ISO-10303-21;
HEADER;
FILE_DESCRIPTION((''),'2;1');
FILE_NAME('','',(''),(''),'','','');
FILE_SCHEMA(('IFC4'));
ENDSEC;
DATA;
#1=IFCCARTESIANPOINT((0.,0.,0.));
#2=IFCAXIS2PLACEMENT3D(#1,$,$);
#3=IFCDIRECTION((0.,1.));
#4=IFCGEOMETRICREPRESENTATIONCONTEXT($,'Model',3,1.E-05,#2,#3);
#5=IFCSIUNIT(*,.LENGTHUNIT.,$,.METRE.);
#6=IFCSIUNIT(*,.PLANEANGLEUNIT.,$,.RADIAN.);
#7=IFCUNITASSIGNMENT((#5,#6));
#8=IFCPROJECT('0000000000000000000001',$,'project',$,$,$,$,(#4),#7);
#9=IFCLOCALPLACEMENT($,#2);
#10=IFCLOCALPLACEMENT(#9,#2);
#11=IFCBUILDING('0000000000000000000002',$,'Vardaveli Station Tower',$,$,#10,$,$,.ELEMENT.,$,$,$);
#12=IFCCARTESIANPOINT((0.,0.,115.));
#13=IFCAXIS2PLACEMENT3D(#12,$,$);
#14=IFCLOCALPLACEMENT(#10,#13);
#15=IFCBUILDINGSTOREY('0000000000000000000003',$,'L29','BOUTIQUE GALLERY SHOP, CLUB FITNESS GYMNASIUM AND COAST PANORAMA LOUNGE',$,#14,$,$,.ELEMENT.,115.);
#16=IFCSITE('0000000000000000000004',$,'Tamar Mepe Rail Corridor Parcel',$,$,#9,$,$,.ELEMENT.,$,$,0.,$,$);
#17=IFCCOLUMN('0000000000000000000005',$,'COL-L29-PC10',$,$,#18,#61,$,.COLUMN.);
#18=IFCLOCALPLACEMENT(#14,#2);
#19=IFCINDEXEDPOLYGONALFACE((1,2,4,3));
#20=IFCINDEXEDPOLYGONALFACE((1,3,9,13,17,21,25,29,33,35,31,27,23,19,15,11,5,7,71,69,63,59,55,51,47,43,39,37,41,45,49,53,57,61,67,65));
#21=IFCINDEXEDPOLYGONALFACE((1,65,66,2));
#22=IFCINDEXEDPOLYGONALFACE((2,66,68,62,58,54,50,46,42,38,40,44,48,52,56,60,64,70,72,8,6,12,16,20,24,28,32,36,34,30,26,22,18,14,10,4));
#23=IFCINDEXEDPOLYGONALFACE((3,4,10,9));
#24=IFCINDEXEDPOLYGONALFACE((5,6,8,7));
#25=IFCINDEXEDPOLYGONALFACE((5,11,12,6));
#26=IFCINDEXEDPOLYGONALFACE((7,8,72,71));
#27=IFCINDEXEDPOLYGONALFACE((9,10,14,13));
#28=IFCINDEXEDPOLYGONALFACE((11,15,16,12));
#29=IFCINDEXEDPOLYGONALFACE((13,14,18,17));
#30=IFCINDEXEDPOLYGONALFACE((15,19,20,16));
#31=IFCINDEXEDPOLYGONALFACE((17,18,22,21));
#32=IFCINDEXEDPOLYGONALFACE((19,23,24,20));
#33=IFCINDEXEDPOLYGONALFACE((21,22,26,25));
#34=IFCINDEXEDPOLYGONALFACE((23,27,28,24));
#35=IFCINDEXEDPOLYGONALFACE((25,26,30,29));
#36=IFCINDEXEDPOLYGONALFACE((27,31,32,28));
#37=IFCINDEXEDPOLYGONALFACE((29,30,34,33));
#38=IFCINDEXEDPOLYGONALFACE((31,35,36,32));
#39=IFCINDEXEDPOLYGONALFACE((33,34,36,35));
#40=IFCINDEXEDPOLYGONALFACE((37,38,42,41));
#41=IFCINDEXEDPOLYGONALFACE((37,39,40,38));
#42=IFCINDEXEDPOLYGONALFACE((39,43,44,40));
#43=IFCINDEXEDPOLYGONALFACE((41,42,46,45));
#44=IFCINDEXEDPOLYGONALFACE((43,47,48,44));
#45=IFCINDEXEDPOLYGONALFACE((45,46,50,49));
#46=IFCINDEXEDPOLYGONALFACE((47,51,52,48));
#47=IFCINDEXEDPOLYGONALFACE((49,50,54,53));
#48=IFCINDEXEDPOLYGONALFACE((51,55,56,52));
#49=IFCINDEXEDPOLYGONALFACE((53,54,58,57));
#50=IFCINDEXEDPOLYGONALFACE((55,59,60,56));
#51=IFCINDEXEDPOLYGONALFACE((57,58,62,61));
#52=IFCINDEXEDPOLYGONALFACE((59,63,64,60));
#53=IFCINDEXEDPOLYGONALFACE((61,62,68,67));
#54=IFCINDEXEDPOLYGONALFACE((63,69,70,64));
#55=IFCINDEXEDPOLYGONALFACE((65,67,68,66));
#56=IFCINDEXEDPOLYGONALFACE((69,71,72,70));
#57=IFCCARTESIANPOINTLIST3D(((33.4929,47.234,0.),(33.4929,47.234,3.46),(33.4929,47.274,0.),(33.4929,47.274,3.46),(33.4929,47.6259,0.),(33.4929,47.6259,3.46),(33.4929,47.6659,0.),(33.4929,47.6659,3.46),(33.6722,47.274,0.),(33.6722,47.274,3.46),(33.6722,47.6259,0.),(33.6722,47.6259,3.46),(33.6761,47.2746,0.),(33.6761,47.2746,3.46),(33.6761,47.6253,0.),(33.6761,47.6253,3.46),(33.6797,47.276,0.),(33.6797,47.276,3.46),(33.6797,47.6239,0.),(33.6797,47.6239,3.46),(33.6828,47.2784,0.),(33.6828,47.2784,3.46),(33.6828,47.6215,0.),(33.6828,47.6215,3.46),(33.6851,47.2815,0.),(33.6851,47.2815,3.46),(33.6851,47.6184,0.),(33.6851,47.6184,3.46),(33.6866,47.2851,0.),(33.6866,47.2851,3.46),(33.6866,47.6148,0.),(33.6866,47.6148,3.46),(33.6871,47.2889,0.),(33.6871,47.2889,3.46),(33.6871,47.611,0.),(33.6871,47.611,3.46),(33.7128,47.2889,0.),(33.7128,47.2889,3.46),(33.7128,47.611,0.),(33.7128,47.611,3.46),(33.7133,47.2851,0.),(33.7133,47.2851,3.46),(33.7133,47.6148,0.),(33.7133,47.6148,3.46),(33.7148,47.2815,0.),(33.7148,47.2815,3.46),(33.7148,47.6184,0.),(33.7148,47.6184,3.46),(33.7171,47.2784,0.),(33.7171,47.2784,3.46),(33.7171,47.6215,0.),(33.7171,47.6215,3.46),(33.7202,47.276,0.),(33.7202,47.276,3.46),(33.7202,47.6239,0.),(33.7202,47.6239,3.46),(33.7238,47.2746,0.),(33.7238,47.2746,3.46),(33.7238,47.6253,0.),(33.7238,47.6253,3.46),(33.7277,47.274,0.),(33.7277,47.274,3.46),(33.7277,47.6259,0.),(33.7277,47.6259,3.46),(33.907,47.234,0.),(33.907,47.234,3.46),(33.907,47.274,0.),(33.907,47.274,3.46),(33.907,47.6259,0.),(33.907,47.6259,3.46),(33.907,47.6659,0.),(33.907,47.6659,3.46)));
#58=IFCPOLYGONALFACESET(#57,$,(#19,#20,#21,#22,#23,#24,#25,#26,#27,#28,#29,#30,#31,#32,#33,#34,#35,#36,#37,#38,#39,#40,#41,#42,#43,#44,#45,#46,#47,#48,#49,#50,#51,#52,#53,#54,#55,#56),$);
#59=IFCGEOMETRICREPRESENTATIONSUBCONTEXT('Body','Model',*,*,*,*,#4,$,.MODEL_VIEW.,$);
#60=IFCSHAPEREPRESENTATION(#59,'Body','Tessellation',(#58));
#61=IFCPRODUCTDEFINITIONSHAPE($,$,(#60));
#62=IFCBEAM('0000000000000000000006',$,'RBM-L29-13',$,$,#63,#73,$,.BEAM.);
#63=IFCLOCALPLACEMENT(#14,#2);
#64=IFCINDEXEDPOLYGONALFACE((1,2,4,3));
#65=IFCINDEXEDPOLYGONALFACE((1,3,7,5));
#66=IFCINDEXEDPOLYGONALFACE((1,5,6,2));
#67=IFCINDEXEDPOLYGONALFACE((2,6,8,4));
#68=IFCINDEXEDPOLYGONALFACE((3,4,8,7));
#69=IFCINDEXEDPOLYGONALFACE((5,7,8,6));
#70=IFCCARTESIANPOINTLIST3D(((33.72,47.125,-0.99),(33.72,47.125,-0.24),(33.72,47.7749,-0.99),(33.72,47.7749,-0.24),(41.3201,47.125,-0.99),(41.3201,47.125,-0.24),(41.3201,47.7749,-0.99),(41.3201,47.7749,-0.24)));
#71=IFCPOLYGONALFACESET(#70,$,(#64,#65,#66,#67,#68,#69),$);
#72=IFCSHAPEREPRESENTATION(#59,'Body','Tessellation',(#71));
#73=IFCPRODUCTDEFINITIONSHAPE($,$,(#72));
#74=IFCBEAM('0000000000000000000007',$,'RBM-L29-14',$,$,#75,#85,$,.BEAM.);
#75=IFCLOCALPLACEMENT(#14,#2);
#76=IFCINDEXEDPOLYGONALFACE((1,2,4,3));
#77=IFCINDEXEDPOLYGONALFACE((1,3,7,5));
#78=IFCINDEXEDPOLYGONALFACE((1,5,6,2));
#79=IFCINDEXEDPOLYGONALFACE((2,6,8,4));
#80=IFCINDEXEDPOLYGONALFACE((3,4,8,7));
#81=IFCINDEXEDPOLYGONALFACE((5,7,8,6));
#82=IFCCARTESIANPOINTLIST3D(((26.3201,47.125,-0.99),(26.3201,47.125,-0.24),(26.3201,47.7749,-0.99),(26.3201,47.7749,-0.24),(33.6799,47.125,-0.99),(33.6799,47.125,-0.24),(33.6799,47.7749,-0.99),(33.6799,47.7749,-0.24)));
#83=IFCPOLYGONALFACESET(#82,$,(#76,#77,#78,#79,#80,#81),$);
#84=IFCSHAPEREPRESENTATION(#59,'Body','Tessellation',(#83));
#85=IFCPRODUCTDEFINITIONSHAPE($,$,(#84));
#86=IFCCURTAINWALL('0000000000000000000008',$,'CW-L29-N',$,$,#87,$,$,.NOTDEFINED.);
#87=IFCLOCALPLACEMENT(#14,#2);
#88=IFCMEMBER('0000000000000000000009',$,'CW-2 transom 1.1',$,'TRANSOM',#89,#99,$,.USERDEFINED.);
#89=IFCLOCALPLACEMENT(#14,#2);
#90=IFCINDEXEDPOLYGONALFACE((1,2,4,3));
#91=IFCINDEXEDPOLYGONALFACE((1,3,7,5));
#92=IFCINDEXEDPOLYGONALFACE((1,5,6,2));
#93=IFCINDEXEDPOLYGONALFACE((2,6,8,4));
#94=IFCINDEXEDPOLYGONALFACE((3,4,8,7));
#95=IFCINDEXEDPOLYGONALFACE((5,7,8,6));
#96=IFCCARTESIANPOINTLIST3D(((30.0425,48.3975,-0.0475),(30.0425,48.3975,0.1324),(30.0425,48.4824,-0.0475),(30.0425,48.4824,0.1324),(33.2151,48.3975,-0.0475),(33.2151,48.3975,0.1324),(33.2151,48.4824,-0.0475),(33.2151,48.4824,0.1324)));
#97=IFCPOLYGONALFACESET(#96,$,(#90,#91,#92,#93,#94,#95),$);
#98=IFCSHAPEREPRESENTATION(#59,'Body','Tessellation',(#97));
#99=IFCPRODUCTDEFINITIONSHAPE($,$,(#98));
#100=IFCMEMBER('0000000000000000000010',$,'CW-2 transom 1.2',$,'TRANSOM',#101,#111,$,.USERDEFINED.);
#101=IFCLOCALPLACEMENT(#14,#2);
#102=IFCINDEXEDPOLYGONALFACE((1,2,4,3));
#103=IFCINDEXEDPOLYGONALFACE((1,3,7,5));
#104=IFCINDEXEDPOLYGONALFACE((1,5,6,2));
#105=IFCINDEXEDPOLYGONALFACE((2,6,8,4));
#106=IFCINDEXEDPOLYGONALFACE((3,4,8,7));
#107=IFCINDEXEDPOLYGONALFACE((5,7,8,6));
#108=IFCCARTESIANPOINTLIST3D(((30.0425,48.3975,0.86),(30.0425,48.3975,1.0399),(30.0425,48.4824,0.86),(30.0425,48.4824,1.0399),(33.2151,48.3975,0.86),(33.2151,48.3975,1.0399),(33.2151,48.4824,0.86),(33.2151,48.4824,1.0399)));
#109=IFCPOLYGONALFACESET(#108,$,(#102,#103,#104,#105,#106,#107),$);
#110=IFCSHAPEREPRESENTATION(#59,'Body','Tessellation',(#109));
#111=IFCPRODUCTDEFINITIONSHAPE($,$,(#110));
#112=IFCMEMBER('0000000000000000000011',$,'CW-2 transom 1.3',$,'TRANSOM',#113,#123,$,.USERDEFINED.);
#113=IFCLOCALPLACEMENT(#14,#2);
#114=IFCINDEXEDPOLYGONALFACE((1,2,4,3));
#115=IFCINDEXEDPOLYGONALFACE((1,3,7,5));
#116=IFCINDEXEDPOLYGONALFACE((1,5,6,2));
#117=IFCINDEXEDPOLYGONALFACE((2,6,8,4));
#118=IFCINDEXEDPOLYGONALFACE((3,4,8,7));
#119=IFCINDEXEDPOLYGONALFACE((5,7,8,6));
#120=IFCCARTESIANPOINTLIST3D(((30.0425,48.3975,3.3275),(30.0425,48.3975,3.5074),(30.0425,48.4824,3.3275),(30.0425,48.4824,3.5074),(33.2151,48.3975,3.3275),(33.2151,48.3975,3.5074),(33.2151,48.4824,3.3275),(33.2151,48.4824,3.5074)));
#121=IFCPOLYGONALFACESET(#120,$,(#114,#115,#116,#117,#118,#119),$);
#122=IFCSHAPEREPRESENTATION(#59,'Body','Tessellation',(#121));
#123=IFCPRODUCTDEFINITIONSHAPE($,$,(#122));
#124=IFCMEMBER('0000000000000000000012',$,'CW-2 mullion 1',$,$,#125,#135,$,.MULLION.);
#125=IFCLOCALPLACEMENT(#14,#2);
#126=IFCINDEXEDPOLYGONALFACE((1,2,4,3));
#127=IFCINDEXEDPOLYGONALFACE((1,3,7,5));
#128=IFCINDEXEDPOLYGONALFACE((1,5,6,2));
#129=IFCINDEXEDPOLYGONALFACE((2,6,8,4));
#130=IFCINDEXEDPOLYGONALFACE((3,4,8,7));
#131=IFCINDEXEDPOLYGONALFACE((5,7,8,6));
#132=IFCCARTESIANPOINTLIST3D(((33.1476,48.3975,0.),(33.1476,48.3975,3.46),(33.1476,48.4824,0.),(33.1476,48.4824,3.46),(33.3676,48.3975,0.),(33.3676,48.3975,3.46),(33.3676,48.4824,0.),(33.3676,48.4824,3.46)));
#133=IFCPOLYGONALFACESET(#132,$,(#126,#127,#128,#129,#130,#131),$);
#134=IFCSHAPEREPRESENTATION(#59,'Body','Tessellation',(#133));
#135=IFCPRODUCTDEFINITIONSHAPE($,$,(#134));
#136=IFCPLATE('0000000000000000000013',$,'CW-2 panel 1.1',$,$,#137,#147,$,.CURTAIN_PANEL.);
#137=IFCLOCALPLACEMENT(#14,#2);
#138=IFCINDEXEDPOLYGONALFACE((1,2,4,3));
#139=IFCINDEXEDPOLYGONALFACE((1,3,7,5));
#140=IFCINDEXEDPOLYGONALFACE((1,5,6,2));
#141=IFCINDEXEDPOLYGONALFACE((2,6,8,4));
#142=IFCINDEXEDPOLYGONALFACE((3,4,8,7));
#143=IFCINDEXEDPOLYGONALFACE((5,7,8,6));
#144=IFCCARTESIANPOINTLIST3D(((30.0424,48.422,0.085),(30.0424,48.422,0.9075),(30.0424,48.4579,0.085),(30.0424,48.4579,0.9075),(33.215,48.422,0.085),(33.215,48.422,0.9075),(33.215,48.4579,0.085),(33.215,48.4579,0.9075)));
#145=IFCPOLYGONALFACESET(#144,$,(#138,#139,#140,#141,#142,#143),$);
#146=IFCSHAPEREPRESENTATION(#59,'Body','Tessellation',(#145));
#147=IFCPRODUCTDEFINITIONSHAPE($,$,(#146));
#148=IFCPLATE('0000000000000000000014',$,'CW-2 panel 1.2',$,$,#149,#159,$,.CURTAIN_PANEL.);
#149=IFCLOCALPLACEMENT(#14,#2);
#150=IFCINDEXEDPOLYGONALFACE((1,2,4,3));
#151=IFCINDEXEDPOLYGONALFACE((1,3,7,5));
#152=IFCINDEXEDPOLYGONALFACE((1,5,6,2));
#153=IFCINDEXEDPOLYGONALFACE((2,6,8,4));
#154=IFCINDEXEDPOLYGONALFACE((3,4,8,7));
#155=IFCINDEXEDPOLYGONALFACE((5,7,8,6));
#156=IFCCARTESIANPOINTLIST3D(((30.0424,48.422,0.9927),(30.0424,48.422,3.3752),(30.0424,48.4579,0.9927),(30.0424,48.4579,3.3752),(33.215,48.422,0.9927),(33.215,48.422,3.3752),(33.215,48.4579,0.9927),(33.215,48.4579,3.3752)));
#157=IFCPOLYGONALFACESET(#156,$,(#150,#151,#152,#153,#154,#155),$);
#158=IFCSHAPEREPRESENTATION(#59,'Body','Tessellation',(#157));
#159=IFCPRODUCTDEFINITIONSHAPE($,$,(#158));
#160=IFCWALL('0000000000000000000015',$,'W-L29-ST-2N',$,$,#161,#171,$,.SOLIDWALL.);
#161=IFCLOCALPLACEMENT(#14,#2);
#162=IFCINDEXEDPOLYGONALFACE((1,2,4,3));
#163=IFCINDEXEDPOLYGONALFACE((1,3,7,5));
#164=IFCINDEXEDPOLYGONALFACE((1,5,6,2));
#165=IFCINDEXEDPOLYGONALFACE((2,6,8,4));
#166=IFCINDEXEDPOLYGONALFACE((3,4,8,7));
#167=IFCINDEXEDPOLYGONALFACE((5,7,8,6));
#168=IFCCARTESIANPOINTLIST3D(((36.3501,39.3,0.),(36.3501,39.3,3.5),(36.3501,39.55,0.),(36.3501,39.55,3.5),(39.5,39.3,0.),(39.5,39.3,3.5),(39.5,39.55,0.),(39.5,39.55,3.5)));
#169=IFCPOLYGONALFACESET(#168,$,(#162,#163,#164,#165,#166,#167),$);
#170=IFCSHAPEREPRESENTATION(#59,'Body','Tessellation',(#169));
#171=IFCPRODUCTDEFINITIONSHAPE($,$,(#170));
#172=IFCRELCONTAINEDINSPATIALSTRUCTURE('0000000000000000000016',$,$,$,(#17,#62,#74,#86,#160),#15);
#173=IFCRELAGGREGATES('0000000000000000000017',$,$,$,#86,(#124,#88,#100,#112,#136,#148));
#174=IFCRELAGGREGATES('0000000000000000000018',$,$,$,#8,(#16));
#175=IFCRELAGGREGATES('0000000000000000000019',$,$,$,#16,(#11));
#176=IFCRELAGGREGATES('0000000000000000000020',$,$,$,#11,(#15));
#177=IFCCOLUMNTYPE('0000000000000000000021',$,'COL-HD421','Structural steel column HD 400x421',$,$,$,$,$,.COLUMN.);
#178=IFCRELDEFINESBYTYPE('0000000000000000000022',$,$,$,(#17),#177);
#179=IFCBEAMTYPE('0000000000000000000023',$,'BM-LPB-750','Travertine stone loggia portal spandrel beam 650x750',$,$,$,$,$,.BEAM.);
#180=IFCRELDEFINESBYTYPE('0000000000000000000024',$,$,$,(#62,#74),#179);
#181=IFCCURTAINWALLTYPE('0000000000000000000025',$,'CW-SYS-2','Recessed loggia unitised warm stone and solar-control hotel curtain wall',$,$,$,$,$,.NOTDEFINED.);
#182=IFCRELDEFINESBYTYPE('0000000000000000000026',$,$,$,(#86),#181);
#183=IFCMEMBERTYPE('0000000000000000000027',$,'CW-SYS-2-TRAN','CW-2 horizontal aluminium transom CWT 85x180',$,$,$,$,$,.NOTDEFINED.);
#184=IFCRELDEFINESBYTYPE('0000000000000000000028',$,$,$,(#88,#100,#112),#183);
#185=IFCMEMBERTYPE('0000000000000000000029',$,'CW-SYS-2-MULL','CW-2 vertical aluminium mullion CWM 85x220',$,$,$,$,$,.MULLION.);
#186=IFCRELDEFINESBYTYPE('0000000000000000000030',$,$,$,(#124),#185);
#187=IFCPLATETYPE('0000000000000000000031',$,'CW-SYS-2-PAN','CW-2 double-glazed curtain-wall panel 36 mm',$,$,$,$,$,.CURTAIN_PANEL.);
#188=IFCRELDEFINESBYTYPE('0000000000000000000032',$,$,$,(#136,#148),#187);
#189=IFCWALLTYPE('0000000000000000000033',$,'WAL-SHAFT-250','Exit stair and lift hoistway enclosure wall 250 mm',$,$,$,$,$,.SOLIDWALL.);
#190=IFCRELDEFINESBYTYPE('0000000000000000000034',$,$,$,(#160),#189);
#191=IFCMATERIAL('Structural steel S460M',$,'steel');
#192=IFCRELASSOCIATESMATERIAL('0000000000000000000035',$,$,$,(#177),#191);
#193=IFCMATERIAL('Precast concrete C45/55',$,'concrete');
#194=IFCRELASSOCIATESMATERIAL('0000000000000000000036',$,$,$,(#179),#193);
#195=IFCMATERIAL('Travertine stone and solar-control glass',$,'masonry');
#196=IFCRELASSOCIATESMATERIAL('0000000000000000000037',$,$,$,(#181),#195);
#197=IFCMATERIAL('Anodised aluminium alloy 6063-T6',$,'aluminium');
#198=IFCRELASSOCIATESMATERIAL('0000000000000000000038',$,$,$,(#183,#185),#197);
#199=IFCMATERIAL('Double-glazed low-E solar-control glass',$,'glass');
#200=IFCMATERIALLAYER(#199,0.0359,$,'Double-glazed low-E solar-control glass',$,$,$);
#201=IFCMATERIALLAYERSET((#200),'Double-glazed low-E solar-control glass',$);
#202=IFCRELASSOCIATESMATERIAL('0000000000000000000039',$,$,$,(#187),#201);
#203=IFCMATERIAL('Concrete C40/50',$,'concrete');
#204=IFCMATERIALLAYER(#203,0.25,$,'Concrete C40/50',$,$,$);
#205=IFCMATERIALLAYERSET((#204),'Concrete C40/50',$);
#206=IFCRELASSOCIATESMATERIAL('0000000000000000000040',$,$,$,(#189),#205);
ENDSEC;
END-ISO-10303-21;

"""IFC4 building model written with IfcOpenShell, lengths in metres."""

from ifc_helpers import new_model, si_unit, direction, frame, frame_2d, origin, origin_2d, place, context, subcontext, project, spatial, rectangle, i_section, extrude, source, transform, mapped, material, layer, layer_set, material_profile, profile_set, type_object, element, aggregate, save


model = new_model("IFC4")

# Units and contexts
model_context = context("Model", 3, precision=1e-05, world=origin(), true_north=direction((0.0, 1.0)))
body_context = subcontext(model_context, "Body", "Model", "MODEL_VIEW")
ifc_project = project(units=[si_unit("LENGTHUNIT", "METRE"), si_unit("PLANEANGLEUNIT", "RADIAN")], contexts=[model_context])

# Site, building, storey
site_placement = place(None, origin())
site = spatial("IfcSite", under=ifc_project, at=site_placement, Name="Tamar Mepe Rail Corridor Parcel", CompositionType="ELEMENT", RefElevation=0.0)
building_placement = place(site_placement, origin())
building = spatial("IfcBuilding", under=site, at=building_placement, Name="Vardaveli Station Tower", CompositionType="ELEMENT")
storey_placement = place(building_placement, frame((0.0, 0.0, 115.0)))
storey = spatial("IfcBuildingStorey", under=building, at=storey_placement, Name="L29", Description="BOUTIQUE GALLERY SHOP, CLUB FITNESS GYMNASIUM AND COAST PANORAMA LOUNGE", CompositionType="ELEMENT", Elevation=115.0)

# Column
ifc_material_1 = material(Name="Structural steel S460M", Category="steel")
ifc_material_profile_1 = material_profile(ifc_material_1, i_section(OverallWidth=0.4141, OverallDepth=0.4319, WebThickness=0.0256, FlangeThickness=0.04, FilletRadius=0.0149, at=origin_2d()), Name="HD 400x421")
ifc_profile_set_1 = profile_set([ifc_material_profile_1], Name="Structural steel S460M")
column_type = type_object("IfcColumnType", Name="COL-HD421", Description="Structural steel column HD 400x421", PredefinedType="COLUMN", material=ifc_profile_set_1)
shared_shape_1 = source(origin(), body_context, "Body", "SweptSolid", [
    extrude(i_section(OverallWidth=0.4141, OverallDepth=0.4319, WebThickness=0.0256, FlangeThickness=0.04, FilletRadius=0.0149, at=origin_2d()), origin(), (0.0, 0.0, 1.0), 3.46),
])
column_placement = place(storey_placement, frame((33.7, 47.45, 0.0), z_axis=(0.0, 0.0, 1.0), x_axis=(1.0, 0.0, 0.0)))
element("IfcColumn", 1, at=column_placement, inside=storey, type_object=column_type, Name="COL-L29-PC10", PredefinedType="COLUMN", context=body_context, shape_type="MappedRepresentation", body=[
    mapped(shared_shape_1, transform((0.0, 0.0, 0.0), scale=1.0)),
])

# Beams
ifc_material_2 = material(Name="Precast concrete C45/55", Category="concrete")
ifc_material_profile_2 = material_profile(ifc_material_2, rectangle(XDim=0.6499, YDim=0.75, at=origin_2d()), Name="LPB 650x750")
ifc_profile_set_2 = profile_set([ifc_material_profile_2], Name="Precast concrete C45/55")
beam_type = type_object("IfcBeamType", Name="BM-LPB-750", Description="Travertine stone loggia portal spandrel beam 650x750", PredefinedType="BEAM", material=ifc_profile_set_2)
shared_shape_2 = source(origin(), body_context, "Body", "SweptSolid", [
    extrude(rectangle(XDim=0.6499, YDim=0.75, at=origin_2d()), origin(), (0.0, 0.0, 1.0), 7.6001),
])
beam_1_placement = place(storey_placement, frame((41.3201, 47.45, -0.615), z_axis=(-1.0, 0.0, 0.0), x_axis=(0.0, -1.0, 0.0)))
element("IfcBeam", 2, at=beam_1_placement, inside=storey, type_object=beam_type, Name="RBM-L29-13", PredefinedType="BEAM", context=body_context, shape_type="MappedRepresentation", body=[
    mapped(shared_shape_2, transform((0.0, 0.0, 0.0), scale=1.0)),
])
shared_shape_3 = source(origin(), body_context, "Body", "SweptSolid", [
    extrude(rectangle(XDim=0.6499, YDim=0.75, at=origin_2d()), origin(), (0.0, 0.0, 1.0), 7.3599),
])
beam_2_placement = place(storey_placement, frame((33.6799, 47.45, -0.615), z_axis=(-1.0, 0.0, 0.0), x_axis=(0.0, -1.0, 0.0)))
element("IfcBeam", 3, at=beam_2_placement, inside=storey, type_object=beam_type, Name="RBM-L29-14", PredefinedType="BEAM", context=body_context, shape_type="MappedRepresentation", body=[
    mapped(shared_shape_3, transform((0.0, 0.0, 0.0), scale=1.0)),
])

# Curtain wall, members, plates
ifc_material_3 = material(Name="Travertine stone and solar-control glass", Category="masonry")
curtain_wall_type = type_object("IfcCurtainWallType", Name="CW-SYS-2", Description="Recessed loggia unitised warm stone and solar-control hotel curtain wall", PredefinedType="NOTDEFINED", material=ifc_material_3)
curtain_wall_placement = place(storey_placement, origin())
curtain_wall = element("IfcCurtainWall", 4, at=curtain_wall_placement, inside=storey, type_object=curtain_wall_type, Name="CW-L29-N", PredefinedType="NOTDEFINED")
ifc_material_4 = material(Name="Anodised aluminium alloy 6063-T6", Category="aluminium")
ifc_material_profile_3 = material_profile(ifc_material_4, rectangle(XDim=0.085, YDim=0.1799, at=origin_2d()), Name="CWT 85x180")
ifc_profile_set_3 = profile_set([ifc_material_profile_3], Name="Anodised aluminium alloy 6063-T6")
member_type_1 = type_object("IfcMemberType", Name="CW-SYS-2-TRAN", Description="CW-2 horizontal aluminium transom CWT 85x180", PredefinedType="NOTDEFINED", material=ifc_profile_set_3)
shared_shape_4 = source(origin(), body_context, "Body", "SweptSolid", [
    extrude(rectangle(XDim=0.085, YDim=0.1799, at=origin_2d()), origin(), (0.0, 0.0, 1.0), 3.1726),
])
member_1_placement = place(storey_placement, frame((33.2151, 48.4399, 0.0425), z_axis=(-1.0, 0.0, 0.0), x_axis=(0.0, -1.0, 0.0)))
member_1 = element("IfcMember", 5, at=member_1_placement, type_object=member_type_1, Name="CW-2 transom 1.1", ObjectType="TRANSOM", PredefinedType="USERDEFINED", context=body_context, shape_type="MappedRepresentation", body=[
    mapped(shared_shape_4, transform((0.0, 0.0, 0.0), scale=1.0)),
])
member_2_placement = place(storey_placement, frame((33.2151, 48.4399, 0.95), z_axis=(-1.0, 0.0, 0.0), x_axis=(0.0, -1.0, 0.0)))
member_2 = element("IfcMember", 6, at=member_2_placement, type_object=member_type_1, Name="CW-2 transom 1.2", ObjectType="TRANSOM", PredefinedType="USERDEFINED", context=body_context, shape_type="MappedRepresentation", body=[
    mapped(shared_shape_4, transform((0.0, 0.0, 0.0), scale=1.0)),
])
member_3_placement = place(storey_placement, frame((33.2151, 48.4399, 3.4175), z_axis=(-1.0, 0.0, 0.0), x_axis=(0.0, -1.0, 0.0)))
member_3 = element("IfcMember", 7, at=member_3_placement, type_object=member_type_1, Name="CW-2 transom 1.3", ObjectType="TRANSOM", PredefinedType="USERDEFINED", context=body_context, shape_type="MappedRepresentation", body=[
    mapped(shared_shape_4, transform((0.0, 0.0, 0.0), scale=1.0)),
])
ifc_material_profile_4 = material_profile(ifc_material_4, rectangle(XDim=0.085, YDim=0.22, at=origin_2d()), Name="CWM 85x220")
ifc_profile_set_4 = profile_set([ifc_material_profile_4], Name="Anodised aluminium alloy 6063-T6")
member_type_2 = type_object("IfcMemberType", Name="CW-SYS-2-MULL", Description="CW-2 vertical aluminium mullion CWM 85x220", PredefinedType="MULLION", material=ifc_profile_set_4)
shared_shape_5 = source(origin(), body_context, "Body", "SweptSolid", [
    extrude(rectangle(XDim=0.085, YDim=0.22, at=origin_2d()), origin(), (0.0, 0.0, 1.0), 3.46),
])
member_4_placement = place(storey_placement, frame((33.2576, 48.4399, 0.0), z_axis=(0.0, 0.0, 1.0), x_axis=(0.0, -1.0, 0.0)))
member_4 = element("IfcMember", 8, at=member_4_placement, type_object=member_type_2, Name="CW-2 mullion 1", PredefinedType="MULLION", context=body_context, shape_type="MappedRepresentation", body=[
    mapped(shared_shape_5, transform((0.0, 0.0, 0.0), scale=1.0)),
])
ifc_material_5 = material(Name="Double-glazed low-E solar-control glass", Category="glass")
ifc_layer_1 = layer(ifc_material_5, 0.0359, Name="Double-glazed low-E solar-control glass")
ifc_layer_set_1 = layer_set([ifc_layer_1], Name="Double-glazed low-E solar-control glass")
plate_type = type_object("IfcPlateType", Name="CW-SYS-2-PAN", Description="CW-2 double-glazed curtain-wall panel 36 mm", PredefinedType="CURTAIN_PANEL", material=ifc_layer_set_1)
shared_shape_6 = source(origin(), body_context, "Body", "SweptSolid", [
    extrude(rectangle(XDim=3.1726, YDim=0.0359, at=origin_2d()), origin(), (0.0, 0.0, 1.0), 0.8225),
])
plate_1_placement = place(storey_placement, frame((31.6287, 48.4399, 0.085), z_axis=(0.0, 0.0, 1.0), x_axis=(-1.0, 0.0, 0.0)))
plate_1 = element("IfcPlate", 9, at=plate_1_placement, type_object=plate_type, Name="CW-2 panel 1.1", PredefinedType="CURTAIN_PANEL", context=body_context, shape_type="MappedRepresentation", body=[
    mapped(shared_shape_6, transform((0.0, 0.0, 0.0), scale=1.0)),
])
shared_shape_7 = source(origin(), body_context, "Body", "SweptSolid", [
    extrude(rectangle(XDim=3.1726, YDim=0.0359, at=origin_2d()), origin(), (0.0, 0.0, 1.0), 2.3826),
])
plate_2_placement = place(storey_placement, frame((31.6287, 48.4399, 0.9927), z_axis=(0.0, 0.0, 1.0), x_axis=(-1.0, 0.0, 0.0)))
plate_2 = element("IfcPlate", 10, at=plate_2_placement, type_object=plate_type, Name="CW-2 panel 1.2", PredefinedType="CURTAIN_PANEL", context=body_context, shape_type="MappedRepresentation", body=[
    mapped(shared_shape_7, transform((0.0, 0.0, 0.0), scale=1.0)),
])
aggregate(curtain_wall, [member_4, member_1, member_2, member_3, plate_1, plate_2])

# Wall
ifc_material_6 = material(Name="Concrete C40/50", Category="concrete")
ifc_layer_2 = layer(ifc_material_6, 0.25, Name="Concrete C40/50")
ifc_layer_set_2 = layer_set([ifc_layer_2], Name="Concrete C40/50")
wall_type = type_object("IfcWallType", Name="WAL-SHAFT-250", Description="Exit stair and lift hoistway enclosure wall 250 mm", PredefinedType="SOLIDWALL", material=ifc_layer_set_2)
shared_shape_8 = source(origin(), body_context, "Body", "SweptSolid", [
    extrude(rectangle(XDim=3.1499, YDim=0.25, at=frame_2d((1.575, 0.0))), origin(), (0.0, 0.0, 1.0), 3.5),
])
wall_1_placement = place(storey_placement, frame((36.3501, 39.425, 0.0), z_axis=(0.0, 0.0, 1.0), x_axis=(1.0, 0.0, 0.0)))
element("IfcWall", 11, at=wall_1_placement, inside=storey, type_object=wall_type, Name="W-L29-ST-2N", PredefinedType="SOLIDWALL", context=body_context, shape_type="MappedRepresentation", body=[
    mapped(shared_shape_8, transform((0.0, 0.0, 0.0), scale=1.0)),
])

save(model, "model.ifc")
